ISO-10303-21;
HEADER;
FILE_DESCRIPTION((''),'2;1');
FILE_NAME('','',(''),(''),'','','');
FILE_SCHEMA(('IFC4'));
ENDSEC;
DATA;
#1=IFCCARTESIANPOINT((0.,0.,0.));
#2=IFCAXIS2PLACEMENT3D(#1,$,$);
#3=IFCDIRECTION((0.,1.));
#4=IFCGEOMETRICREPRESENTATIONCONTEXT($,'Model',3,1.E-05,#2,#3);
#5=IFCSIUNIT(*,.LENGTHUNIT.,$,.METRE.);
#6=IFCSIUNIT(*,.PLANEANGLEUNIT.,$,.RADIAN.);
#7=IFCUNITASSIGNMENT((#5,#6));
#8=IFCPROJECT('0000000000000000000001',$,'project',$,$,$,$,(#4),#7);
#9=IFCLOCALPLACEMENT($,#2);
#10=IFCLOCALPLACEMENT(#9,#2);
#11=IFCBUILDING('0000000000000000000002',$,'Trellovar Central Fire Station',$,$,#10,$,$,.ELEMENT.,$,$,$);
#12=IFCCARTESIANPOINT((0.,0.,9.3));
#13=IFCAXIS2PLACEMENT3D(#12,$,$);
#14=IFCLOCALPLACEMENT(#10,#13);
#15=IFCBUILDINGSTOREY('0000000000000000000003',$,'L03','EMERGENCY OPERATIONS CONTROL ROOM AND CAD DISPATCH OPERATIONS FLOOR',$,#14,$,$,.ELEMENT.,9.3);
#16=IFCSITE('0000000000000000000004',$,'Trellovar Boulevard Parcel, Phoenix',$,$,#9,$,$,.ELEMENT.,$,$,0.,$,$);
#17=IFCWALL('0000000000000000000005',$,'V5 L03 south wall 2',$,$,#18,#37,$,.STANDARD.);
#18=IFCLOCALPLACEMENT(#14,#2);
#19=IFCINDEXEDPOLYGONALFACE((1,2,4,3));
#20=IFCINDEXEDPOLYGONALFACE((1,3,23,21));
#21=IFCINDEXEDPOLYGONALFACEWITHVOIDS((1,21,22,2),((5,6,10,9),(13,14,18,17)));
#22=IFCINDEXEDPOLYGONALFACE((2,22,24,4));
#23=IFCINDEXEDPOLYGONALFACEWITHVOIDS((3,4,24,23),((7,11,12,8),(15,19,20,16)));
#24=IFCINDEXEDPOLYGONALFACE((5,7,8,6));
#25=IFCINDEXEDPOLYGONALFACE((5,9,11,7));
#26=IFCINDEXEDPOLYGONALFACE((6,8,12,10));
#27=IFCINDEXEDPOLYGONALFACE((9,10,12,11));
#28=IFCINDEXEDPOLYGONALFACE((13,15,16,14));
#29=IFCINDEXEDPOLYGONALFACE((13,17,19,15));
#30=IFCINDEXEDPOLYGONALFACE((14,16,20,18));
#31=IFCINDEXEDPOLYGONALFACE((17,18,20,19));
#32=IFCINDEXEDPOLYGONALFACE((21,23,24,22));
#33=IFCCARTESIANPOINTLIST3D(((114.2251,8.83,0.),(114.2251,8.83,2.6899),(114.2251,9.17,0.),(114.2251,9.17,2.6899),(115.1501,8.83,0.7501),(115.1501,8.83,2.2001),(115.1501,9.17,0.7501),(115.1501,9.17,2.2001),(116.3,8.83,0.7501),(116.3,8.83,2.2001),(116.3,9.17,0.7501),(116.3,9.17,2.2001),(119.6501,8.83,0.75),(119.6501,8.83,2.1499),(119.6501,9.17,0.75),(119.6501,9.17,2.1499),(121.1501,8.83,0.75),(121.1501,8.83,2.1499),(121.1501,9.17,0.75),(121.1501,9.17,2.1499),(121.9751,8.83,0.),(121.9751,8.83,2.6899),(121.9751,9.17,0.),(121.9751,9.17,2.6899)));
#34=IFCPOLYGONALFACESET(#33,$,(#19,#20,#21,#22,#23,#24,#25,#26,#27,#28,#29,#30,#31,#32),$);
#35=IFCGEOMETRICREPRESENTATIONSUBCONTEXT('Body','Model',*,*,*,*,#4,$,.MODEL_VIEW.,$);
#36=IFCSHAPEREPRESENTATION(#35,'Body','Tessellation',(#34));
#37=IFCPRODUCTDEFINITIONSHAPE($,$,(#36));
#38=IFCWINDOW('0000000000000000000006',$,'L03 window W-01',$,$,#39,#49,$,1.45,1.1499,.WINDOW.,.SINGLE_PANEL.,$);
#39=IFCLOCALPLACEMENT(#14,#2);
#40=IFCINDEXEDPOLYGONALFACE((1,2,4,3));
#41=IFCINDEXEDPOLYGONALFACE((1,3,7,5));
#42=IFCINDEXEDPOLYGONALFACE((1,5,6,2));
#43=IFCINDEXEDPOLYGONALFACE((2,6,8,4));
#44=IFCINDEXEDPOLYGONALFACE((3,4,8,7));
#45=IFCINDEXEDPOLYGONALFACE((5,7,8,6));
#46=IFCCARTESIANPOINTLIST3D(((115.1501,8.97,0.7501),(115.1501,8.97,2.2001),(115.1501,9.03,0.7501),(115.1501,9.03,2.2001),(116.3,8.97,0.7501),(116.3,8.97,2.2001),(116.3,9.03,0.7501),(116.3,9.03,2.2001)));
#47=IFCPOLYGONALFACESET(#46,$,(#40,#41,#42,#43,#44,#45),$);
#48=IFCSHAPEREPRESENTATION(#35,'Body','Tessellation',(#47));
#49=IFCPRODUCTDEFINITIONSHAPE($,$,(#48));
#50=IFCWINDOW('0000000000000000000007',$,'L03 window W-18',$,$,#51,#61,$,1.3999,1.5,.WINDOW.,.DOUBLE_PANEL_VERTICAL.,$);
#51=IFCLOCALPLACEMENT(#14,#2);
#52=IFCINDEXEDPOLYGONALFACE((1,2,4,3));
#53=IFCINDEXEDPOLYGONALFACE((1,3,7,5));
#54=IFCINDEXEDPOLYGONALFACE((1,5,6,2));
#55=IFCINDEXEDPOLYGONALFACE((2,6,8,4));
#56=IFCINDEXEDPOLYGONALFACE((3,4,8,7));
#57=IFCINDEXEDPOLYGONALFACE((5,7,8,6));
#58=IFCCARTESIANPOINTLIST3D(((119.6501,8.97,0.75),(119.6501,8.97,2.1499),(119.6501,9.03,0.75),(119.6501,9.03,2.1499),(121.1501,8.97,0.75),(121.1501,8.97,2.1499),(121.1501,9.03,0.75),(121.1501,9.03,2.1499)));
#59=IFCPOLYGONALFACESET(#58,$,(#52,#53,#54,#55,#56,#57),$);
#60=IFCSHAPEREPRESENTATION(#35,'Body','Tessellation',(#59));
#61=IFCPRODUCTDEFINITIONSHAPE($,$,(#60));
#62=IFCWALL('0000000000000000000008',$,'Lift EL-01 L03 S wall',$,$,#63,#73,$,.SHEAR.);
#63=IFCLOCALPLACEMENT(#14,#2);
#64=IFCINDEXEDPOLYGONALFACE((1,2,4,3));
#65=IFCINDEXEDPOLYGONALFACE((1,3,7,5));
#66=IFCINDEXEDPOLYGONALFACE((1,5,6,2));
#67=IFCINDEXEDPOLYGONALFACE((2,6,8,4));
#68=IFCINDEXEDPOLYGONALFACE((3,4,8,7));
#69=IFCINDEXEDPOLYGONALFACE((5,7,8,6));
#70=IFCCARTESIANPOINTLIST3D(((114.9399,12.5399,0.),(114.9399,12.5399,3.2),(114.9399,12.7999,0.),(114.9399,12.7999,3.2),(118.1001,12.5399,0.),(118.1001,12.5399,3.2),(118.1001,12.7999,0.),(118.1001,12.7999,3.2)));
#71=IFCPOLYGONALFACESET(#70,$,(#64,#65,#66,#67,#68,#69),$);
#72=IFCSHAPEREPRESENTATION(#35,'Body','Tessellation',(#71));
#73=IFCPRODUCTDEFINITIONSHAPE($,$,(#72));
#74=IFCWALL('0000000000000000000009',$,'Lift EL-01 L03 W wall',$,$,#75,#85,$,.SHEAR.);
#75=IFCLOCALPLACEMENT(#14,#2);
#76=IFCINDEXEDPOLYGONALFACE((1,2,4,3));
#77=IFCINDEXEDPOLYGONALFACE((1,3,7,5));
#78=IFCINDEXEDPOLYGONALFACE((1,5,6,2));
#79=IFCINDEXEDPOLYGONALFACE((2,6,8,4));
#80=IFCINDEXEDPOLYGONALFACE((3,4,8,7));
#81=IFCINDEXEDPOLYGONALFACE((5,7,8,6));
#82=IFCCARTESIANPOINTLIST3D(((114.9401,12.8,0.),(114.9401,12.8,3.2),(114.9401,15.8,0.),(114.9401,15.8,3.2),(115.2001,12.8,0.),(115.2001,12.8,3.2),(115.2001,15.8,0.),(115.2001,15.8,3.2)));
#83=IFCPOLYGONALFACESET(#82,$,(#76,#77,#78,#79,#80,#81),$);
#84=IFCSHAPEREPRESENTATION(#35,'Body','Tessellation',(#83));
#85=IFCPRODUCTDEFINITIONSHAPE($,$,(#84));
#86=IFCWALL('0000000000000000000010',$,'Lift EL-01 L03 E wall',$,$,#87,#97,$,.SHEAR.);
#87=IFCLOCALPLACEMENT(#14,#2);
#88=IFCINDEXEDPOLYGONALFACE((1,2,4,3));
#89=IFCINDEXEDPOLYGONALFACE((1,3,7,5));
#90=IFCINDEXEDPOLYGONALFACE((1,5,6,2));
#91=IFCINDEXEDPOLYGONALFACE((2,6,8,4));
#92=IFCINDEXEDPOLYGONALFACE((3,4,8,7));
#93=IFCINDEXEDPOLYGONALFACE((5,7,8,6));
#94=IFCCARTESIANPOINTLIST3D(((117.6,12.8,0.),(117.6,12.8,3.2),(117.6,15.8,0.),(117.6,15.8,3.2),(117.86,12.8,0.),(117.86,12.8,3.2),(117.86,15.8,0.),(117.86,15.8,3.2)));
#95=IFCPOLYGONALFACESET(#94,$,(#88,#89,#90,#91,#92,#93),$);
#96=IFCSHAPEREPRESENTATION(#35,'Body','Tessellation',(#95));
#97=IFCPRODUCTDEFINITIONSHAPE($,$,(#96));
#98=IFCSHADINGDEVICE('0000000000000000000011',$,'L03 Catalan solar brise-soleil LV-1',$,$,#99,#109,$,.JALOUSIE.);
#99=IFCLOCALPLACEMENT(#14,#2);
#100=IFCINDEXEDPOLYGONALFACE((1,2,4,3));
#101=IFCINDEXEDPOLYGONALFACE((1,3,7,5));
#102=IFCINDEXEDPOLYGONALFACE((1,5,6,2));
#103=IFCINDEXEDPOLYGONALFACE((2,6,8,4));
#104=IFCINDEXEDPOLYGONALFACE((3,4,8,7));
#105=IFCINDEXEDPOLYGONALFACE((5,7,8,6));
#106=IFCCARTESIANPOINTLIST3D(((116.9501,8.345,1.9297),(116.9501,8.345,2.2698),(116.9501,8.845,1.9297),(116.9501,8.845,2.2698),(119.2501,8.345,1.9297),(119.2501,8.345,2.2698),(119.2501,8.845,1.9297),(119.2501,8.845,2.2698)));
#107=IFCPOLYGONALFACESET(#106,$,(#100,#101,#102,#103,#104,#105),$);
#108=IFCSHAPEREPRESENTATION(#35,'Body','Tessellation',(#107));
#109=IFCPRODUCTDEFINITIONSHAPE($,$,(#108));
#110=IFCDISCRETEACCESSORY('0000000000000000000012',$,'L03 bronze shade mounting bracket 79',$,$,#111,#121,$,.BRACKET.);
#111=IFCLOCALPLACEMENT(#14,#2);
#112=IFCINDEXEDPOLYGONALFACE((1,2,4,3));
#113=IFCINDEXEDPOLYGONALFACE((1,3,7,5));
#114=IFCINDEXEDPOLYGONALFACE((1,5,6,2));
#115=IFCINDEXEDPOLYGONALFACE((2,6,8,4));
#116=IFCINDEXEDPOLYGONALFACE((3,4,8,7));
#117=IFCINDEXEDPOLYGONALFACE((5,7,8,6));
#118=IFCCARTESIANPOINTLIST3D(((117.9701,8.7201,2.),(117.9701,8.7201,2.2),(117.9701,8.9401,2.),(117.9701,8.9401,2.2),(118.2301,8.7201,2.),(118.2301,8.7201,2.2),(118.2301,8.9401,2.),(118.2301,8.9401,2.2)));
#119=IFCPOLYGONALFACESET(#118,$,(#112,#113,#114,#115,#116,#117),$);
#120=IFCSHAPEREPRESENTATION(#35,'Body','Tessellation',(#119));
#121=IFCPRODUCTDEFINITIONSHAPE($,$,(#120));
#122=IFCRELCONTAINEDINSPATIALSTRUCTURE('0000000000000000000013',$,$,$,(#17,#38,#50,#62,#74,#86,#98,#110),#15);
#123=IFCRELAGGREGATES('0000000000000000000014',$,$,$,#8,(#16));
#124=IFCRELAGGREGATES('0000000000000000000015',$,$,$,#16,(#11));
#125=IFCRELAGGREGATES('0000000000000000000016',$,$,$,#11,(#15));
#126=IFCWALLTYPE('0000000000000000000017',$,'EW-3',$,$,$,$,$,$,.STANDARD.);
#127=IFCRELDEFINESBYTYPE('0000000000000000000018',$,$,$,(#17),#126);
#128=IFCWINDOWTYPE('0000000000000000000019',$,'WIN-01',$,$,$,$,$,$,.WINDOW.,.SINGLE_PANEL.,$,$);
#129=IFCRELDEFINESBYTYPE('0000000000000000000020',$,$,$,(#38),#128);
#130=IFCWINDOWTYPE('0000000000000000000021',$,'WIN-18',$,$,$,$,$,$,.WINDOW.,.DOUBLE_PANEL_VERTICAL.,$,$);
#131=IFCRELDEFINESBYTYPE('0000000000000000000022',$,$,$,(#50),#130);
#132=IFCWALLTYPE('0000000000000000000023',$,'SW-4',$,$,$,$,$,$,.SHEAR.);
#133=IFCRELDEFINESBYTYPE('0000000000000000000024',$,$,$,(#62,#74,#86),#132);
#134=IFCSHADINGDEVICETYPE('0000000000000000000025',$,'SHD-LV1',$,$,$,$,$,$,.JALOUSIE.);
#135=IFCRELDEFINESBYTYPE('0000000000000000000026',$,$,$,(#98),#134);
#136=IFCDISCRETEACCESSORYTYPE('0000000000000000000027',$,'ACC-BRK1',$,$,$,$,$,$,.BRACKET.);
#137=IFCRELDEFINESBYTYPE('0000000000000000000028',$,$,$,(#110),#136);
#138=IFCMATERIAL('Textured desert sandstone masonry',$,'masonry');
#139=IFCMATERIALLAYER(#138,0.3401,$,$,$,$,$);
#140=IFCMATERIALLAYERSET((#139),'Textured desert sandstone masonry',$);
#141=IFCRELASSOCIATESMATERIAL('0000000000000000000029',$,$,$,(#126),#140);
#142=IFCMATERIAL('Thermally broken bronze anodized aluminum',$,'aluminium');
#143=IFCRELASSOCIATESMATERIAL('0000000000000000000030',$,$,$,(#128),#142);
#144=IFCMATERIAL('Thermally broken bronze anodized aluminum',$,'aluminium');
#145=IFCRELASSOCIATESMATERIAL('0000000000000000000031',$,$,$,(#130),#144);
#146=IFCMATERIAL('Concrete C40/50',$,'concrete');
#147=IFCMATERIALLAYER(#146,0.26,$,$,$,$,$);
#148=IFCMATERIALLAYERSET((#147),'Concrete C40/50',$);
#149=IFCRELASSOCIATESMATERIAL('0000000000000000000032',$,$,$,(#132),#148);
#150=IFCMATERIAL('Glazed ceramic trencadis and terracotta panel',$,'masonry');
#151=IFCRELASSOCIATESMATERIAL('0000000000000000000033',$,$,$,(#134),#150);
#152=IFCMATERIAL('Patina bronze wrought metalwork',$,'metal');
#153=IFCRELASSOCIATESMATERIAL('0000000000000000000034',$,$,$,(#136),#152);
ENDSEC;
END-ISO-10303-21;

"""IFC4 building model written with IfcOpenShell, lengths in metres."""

from ifc_helpers import new_model, si_unit, direction, frame, frame_2d, origin, origin_2d, place, context, subcontext, project, spatial, rectangle, extrude, material, layer, layer_set, type_object, element, fill, save


model = new_model("IFC4")

# Units and contexts
model_context = context("Model", 3, precision=1e-05, world=origin(), true_north=direction((0.0, 1.0)))
body_context = subcontext(model_context, "Body", "Model", "MODEL_VIEW")
ifc_project = project(units=[si_unit("LENGTHUNIT", "METRE"), si_unit("PLANEANGLEUNIT", "RADIAN")], contexts=[model_context])

# Site, building, storey
site_placement = place(None, origin())
site = spatial("IfcSite", under=ifc_project, at=site_placement, Name="Trellovar Boulevard Parcel, Phoenix", CompositionType="ELEMENT", RefElevation=0.0)
building_placement = place(site_placement, origin())
building = spatial("IfcBuilding", under=site, at=building_placement, Name="Trellovar Central Fire Station", CompositionType="ELEMENT")
storey_placement = place(building_placement, frame((0.0, 0.0, 9.3)))
storey = spatial("IfcBuildingStorey", under=building, at=storey_placement, Name="L03", Description="EMERGENCY OPERATIONS CONTROL ROOM AND CAD DISPATCH OPERATIONS FLOOR", CompositionType="ELEMENT", Elevation=9.3)

# Wall, openings, windows
ifc_material_1 = material(Name="Textured desert sandstone masonry", Category="masonry")
ifc_layer_1 = layer(ifc_material_1, 0.3401)
ifc_layer_set_1 = layer_set([ifc_layer_1], Name="Textured desert sandstone masonry")
wall_type_1 = type_object("IfcWallType", Name="EW-3", PredefinedType="STANDARD", material=ifc_layer_set_1)
wall_1_placement = place(storey_placement, frame((114.2251, 9.0, 0.0), z_axis=(0.0, 0.0, 1.0), x_axis=(1.0, 0.0, 0.0)))
wall_1 = element("IfcWall", 1, at=wall_1_placement, inside=storey, type_object=wall_type_1, Name="V5 L03 south wall 2", PredefinedType="STANDARD", context=body_context, shape_type="SweptSolid", body=[
    extrude(rectangle(XDim=7.75, YDim=0.3401, at=frame_2d((3.875, 0.0))), origin(), (0.0, 0.0, 1.0), 2.6899),
])
opening_1_placement = place(wall_1_placement, frame((0.925, 0.0, 0.75)))
opening_1 = element("IfcOpeningElement", 2, at=opening_1_placement, cuts=wall_1, PredefinedType="OPENING", context=body_context, shape_type="SweptSolid", body=[
    extrude(rectangle(XDim=1.1499, YDim=1.45, at=frame_2d((0.575, 0.7251))), frame((0.0, 0.1799, 0.0), z_axis=(0.0, -1.0, 0.0), x_axis=(1.0, 0.0, 0.0)), (0.0, 0.0, 1.0), 0.3601),
])
opening_2_placement = place(wall_1_placement, frame((5.425, 0.0, 0.75)))
opening_2 = element("IfcOpeningElement", 3, at=opening_2_placement, cuts=wall_1, PredefinedType="OPENING", context=body_context, shape_type="SweptSolid", body=[
    extrude(rectangle(XDim=1.5, YDim=1.3999, at=frame_2d((0.75, 0.7))), frame((0.0, 0.1799, 0.0), z_axis=(0.0, -1.0, 0.0), x_axis=(1.0, 0.0, 0.0)), (0.0, 0.0, 1.0), 0.3601),
])
ifc_material_2 = material(Name="Thermally broken bronze anodized aluminum", Category="aluminium")
window_type_1 = type_object("IfcWindowType", Name="WIN-01", PartitioningType="SINGLE_PANEL", PredefinedType="WINDOW", material=ifc_material_2)
window_1_placement = place(opening_1_placement, origin())
window_1 = element("IfcWindow", 4, at=window_1_placement, inside=storey, type_object=window_type_1, Name="L03 window W-01", OverallHeight=1.45, OverallWidth=1.1499, PartitioningType="SINGLE_PANEL", PredefinedType="WINDOW", context=body_context, shape_type="SweptSolid", body=[
    extrude(rectangle(XDim=1.1499, YDim=1.45, at=frame_2d((0.575, 0.7251))), frame((0.0, 0.03, 0.0), z_axis=(0.0, -1.0, 0.0), x_axis=(1.0, 0.0, 0.0)), (0.0, 0.0, 1.0), 0.0601),
])
fill(opening_1, window_1)
ifc_material_3 = material(Name="Thermally broken bronze anodized aluminum", Category="aluminium")
window_type_2 = type_object("IfcWindowType", Name="WIN-18", PartitioningType="DOUBLE_PANEL_VERTICAL", PredefinedType="WINDOW", material=ifc_material_3)
window_2_placement = place(opening_2_placement, origin())
window_2 = element("IfcWindow", 5, at=window_2_placement, inside=storey, type_object=window_type_2, Name="L03 window W-18", OverallHeight=1.3999, OverallWidth=1.5, PartitioningType="DOUBLE_PANEL_VERTICAL", PredefinedType="WINDOW", context=body_context, shape_type="SweptSolid", body=[
    extrude(rectangle(XDim=1.5, YDim=1.3999, at=frame_2d((0.75, 0.7))), frame((0.0, 0.03, 0.0), z_axis=(0.0, -1.0, 0.0), x_axis=(1.0, 0.0, 0.0)), (0.0, 0.0, 1.0), 0.0601),
])
fill(opening_2, window_2)

# Walls
ifc_material_4 = material(Name="Concrete C40/50", Category="concrete")
ifc_layer_2 = layer(ifc_material_4, 0.26)
ifc_layer_set_2 = layer_set([ifc_layer_2], Name="Concrete C40/50")
wall_type_2 = type_object("IfcWallType", Name="SW-4", PredefinedType="SHEAR", material=ifc_layer_set_2)
wall_2_placement = place(storey_placement, frame((114.9399, 12.6699, 0.0), z_axis=(0.0, 0.0, 1.0), x_axis=(1.0, 0.0, 0.0)))
element("IfcWall", 6, at=wall_2_placement, inside=storey, type_object=wall_type_2, Name="Lift EL-01 L03 S wall", PredefinedType="SHEAR", context=body_context, shape_type="SweptSolid", body=[
    extrude(rectangle(XDim=3.1602, YDim=0.26, at=frame_2d((1.5801, 0.0))), origin(), (0.0, 0.0, 1.0), 3.2),
])
for number, where, z_axis, x_axis, name in (
    (7, (115.0701, 15.8, 0.0), (0.0, 0.0, 1.0), (0.0, -1.0, 0.0), "Lift EL-01 L03 W wall"),
    (8, (117.73, 12.8, 0.0), (0.0, 0.0, 1.0), (0.0, 1.0, 0.0), "Lift EL-01 L03 E wall"),
):
    element("IfcWall", number, at=place(storey_placement, frame(where, z_axis=z_axis, x_axis=x_axis)), inside=storey, type_object=wall_type_2, Name=name, PredefinedType="SHEAR", context=body_context, shape_type="SweptSolid", body=[
        extrude(rectangle(XDim=3.0, YDim=0.26, at=frame_2d((1.5, 0.0))), origin(), (0.0, 0.0, 1.0), 3.2),
    ])

# Shading device
ifc_material_5 = material(Name="Glazed ceramic trencadis and terracotta panel", Category="masonry")
shading_device_type = type_object("IfcShadingDeviceType", Name="SHD-LV1", PredefinedType="JALOUSIE", material=ifc_material_5)
shading_device_placement = place(storey_placement, frame((118.1001, 8.595, 1.9297), z_axis=(0.0, 0.0, 1.0), x_axis=(1.0, 0.0, 0.0)))
element("IfcShadingDevice", 9, at=shading_device_placement, inside=storey, type_object=shading_device_type, Name="L03 Catalan solar brise-soleil LV-1", PredefinedType="JALOUSIE", context=body_context, shape_type="SweptSolid", body=[
    extrude(rectangle(XDim=2.3, YDim=0.5, at=origin_2d()), origin(), (0.0, 0.0, 1.0), 0.3401),
])

# Discrete accessory
ifc_material_6 = material(Name="Patina bronze wrought metalwork", Category="metal")
discrete_accessory_type = type_object("IfcDiscreteAccessoryType", Name="ACC-BRK1", PredefinedType="BRACKET", material=ifc_material_6)
discrete_accessory_placement = place(storey_placement, frame((118.1001, 8.8301, 2.0), z_axis=(0.0, 0.0, 1.0), x_axis=(1.0, 0.0, 0.0)))
element("IfcDiscreteAccessory", 10, at=discrete_accessory_placement, inside=storey, type_object=discrete_accessory_type, Name="L03 bronze shade mounting bracket 79", PredefinedType="BRACKET", context=body_context, shape_type="SweptSolid", body=[
    extrude(rectangle(XDim=0.26, YDim=0.22, at=origin_2d()), origin(), (0.0, 0.0, 1.0), 0.2),
])

save(model, "model.ifc")
